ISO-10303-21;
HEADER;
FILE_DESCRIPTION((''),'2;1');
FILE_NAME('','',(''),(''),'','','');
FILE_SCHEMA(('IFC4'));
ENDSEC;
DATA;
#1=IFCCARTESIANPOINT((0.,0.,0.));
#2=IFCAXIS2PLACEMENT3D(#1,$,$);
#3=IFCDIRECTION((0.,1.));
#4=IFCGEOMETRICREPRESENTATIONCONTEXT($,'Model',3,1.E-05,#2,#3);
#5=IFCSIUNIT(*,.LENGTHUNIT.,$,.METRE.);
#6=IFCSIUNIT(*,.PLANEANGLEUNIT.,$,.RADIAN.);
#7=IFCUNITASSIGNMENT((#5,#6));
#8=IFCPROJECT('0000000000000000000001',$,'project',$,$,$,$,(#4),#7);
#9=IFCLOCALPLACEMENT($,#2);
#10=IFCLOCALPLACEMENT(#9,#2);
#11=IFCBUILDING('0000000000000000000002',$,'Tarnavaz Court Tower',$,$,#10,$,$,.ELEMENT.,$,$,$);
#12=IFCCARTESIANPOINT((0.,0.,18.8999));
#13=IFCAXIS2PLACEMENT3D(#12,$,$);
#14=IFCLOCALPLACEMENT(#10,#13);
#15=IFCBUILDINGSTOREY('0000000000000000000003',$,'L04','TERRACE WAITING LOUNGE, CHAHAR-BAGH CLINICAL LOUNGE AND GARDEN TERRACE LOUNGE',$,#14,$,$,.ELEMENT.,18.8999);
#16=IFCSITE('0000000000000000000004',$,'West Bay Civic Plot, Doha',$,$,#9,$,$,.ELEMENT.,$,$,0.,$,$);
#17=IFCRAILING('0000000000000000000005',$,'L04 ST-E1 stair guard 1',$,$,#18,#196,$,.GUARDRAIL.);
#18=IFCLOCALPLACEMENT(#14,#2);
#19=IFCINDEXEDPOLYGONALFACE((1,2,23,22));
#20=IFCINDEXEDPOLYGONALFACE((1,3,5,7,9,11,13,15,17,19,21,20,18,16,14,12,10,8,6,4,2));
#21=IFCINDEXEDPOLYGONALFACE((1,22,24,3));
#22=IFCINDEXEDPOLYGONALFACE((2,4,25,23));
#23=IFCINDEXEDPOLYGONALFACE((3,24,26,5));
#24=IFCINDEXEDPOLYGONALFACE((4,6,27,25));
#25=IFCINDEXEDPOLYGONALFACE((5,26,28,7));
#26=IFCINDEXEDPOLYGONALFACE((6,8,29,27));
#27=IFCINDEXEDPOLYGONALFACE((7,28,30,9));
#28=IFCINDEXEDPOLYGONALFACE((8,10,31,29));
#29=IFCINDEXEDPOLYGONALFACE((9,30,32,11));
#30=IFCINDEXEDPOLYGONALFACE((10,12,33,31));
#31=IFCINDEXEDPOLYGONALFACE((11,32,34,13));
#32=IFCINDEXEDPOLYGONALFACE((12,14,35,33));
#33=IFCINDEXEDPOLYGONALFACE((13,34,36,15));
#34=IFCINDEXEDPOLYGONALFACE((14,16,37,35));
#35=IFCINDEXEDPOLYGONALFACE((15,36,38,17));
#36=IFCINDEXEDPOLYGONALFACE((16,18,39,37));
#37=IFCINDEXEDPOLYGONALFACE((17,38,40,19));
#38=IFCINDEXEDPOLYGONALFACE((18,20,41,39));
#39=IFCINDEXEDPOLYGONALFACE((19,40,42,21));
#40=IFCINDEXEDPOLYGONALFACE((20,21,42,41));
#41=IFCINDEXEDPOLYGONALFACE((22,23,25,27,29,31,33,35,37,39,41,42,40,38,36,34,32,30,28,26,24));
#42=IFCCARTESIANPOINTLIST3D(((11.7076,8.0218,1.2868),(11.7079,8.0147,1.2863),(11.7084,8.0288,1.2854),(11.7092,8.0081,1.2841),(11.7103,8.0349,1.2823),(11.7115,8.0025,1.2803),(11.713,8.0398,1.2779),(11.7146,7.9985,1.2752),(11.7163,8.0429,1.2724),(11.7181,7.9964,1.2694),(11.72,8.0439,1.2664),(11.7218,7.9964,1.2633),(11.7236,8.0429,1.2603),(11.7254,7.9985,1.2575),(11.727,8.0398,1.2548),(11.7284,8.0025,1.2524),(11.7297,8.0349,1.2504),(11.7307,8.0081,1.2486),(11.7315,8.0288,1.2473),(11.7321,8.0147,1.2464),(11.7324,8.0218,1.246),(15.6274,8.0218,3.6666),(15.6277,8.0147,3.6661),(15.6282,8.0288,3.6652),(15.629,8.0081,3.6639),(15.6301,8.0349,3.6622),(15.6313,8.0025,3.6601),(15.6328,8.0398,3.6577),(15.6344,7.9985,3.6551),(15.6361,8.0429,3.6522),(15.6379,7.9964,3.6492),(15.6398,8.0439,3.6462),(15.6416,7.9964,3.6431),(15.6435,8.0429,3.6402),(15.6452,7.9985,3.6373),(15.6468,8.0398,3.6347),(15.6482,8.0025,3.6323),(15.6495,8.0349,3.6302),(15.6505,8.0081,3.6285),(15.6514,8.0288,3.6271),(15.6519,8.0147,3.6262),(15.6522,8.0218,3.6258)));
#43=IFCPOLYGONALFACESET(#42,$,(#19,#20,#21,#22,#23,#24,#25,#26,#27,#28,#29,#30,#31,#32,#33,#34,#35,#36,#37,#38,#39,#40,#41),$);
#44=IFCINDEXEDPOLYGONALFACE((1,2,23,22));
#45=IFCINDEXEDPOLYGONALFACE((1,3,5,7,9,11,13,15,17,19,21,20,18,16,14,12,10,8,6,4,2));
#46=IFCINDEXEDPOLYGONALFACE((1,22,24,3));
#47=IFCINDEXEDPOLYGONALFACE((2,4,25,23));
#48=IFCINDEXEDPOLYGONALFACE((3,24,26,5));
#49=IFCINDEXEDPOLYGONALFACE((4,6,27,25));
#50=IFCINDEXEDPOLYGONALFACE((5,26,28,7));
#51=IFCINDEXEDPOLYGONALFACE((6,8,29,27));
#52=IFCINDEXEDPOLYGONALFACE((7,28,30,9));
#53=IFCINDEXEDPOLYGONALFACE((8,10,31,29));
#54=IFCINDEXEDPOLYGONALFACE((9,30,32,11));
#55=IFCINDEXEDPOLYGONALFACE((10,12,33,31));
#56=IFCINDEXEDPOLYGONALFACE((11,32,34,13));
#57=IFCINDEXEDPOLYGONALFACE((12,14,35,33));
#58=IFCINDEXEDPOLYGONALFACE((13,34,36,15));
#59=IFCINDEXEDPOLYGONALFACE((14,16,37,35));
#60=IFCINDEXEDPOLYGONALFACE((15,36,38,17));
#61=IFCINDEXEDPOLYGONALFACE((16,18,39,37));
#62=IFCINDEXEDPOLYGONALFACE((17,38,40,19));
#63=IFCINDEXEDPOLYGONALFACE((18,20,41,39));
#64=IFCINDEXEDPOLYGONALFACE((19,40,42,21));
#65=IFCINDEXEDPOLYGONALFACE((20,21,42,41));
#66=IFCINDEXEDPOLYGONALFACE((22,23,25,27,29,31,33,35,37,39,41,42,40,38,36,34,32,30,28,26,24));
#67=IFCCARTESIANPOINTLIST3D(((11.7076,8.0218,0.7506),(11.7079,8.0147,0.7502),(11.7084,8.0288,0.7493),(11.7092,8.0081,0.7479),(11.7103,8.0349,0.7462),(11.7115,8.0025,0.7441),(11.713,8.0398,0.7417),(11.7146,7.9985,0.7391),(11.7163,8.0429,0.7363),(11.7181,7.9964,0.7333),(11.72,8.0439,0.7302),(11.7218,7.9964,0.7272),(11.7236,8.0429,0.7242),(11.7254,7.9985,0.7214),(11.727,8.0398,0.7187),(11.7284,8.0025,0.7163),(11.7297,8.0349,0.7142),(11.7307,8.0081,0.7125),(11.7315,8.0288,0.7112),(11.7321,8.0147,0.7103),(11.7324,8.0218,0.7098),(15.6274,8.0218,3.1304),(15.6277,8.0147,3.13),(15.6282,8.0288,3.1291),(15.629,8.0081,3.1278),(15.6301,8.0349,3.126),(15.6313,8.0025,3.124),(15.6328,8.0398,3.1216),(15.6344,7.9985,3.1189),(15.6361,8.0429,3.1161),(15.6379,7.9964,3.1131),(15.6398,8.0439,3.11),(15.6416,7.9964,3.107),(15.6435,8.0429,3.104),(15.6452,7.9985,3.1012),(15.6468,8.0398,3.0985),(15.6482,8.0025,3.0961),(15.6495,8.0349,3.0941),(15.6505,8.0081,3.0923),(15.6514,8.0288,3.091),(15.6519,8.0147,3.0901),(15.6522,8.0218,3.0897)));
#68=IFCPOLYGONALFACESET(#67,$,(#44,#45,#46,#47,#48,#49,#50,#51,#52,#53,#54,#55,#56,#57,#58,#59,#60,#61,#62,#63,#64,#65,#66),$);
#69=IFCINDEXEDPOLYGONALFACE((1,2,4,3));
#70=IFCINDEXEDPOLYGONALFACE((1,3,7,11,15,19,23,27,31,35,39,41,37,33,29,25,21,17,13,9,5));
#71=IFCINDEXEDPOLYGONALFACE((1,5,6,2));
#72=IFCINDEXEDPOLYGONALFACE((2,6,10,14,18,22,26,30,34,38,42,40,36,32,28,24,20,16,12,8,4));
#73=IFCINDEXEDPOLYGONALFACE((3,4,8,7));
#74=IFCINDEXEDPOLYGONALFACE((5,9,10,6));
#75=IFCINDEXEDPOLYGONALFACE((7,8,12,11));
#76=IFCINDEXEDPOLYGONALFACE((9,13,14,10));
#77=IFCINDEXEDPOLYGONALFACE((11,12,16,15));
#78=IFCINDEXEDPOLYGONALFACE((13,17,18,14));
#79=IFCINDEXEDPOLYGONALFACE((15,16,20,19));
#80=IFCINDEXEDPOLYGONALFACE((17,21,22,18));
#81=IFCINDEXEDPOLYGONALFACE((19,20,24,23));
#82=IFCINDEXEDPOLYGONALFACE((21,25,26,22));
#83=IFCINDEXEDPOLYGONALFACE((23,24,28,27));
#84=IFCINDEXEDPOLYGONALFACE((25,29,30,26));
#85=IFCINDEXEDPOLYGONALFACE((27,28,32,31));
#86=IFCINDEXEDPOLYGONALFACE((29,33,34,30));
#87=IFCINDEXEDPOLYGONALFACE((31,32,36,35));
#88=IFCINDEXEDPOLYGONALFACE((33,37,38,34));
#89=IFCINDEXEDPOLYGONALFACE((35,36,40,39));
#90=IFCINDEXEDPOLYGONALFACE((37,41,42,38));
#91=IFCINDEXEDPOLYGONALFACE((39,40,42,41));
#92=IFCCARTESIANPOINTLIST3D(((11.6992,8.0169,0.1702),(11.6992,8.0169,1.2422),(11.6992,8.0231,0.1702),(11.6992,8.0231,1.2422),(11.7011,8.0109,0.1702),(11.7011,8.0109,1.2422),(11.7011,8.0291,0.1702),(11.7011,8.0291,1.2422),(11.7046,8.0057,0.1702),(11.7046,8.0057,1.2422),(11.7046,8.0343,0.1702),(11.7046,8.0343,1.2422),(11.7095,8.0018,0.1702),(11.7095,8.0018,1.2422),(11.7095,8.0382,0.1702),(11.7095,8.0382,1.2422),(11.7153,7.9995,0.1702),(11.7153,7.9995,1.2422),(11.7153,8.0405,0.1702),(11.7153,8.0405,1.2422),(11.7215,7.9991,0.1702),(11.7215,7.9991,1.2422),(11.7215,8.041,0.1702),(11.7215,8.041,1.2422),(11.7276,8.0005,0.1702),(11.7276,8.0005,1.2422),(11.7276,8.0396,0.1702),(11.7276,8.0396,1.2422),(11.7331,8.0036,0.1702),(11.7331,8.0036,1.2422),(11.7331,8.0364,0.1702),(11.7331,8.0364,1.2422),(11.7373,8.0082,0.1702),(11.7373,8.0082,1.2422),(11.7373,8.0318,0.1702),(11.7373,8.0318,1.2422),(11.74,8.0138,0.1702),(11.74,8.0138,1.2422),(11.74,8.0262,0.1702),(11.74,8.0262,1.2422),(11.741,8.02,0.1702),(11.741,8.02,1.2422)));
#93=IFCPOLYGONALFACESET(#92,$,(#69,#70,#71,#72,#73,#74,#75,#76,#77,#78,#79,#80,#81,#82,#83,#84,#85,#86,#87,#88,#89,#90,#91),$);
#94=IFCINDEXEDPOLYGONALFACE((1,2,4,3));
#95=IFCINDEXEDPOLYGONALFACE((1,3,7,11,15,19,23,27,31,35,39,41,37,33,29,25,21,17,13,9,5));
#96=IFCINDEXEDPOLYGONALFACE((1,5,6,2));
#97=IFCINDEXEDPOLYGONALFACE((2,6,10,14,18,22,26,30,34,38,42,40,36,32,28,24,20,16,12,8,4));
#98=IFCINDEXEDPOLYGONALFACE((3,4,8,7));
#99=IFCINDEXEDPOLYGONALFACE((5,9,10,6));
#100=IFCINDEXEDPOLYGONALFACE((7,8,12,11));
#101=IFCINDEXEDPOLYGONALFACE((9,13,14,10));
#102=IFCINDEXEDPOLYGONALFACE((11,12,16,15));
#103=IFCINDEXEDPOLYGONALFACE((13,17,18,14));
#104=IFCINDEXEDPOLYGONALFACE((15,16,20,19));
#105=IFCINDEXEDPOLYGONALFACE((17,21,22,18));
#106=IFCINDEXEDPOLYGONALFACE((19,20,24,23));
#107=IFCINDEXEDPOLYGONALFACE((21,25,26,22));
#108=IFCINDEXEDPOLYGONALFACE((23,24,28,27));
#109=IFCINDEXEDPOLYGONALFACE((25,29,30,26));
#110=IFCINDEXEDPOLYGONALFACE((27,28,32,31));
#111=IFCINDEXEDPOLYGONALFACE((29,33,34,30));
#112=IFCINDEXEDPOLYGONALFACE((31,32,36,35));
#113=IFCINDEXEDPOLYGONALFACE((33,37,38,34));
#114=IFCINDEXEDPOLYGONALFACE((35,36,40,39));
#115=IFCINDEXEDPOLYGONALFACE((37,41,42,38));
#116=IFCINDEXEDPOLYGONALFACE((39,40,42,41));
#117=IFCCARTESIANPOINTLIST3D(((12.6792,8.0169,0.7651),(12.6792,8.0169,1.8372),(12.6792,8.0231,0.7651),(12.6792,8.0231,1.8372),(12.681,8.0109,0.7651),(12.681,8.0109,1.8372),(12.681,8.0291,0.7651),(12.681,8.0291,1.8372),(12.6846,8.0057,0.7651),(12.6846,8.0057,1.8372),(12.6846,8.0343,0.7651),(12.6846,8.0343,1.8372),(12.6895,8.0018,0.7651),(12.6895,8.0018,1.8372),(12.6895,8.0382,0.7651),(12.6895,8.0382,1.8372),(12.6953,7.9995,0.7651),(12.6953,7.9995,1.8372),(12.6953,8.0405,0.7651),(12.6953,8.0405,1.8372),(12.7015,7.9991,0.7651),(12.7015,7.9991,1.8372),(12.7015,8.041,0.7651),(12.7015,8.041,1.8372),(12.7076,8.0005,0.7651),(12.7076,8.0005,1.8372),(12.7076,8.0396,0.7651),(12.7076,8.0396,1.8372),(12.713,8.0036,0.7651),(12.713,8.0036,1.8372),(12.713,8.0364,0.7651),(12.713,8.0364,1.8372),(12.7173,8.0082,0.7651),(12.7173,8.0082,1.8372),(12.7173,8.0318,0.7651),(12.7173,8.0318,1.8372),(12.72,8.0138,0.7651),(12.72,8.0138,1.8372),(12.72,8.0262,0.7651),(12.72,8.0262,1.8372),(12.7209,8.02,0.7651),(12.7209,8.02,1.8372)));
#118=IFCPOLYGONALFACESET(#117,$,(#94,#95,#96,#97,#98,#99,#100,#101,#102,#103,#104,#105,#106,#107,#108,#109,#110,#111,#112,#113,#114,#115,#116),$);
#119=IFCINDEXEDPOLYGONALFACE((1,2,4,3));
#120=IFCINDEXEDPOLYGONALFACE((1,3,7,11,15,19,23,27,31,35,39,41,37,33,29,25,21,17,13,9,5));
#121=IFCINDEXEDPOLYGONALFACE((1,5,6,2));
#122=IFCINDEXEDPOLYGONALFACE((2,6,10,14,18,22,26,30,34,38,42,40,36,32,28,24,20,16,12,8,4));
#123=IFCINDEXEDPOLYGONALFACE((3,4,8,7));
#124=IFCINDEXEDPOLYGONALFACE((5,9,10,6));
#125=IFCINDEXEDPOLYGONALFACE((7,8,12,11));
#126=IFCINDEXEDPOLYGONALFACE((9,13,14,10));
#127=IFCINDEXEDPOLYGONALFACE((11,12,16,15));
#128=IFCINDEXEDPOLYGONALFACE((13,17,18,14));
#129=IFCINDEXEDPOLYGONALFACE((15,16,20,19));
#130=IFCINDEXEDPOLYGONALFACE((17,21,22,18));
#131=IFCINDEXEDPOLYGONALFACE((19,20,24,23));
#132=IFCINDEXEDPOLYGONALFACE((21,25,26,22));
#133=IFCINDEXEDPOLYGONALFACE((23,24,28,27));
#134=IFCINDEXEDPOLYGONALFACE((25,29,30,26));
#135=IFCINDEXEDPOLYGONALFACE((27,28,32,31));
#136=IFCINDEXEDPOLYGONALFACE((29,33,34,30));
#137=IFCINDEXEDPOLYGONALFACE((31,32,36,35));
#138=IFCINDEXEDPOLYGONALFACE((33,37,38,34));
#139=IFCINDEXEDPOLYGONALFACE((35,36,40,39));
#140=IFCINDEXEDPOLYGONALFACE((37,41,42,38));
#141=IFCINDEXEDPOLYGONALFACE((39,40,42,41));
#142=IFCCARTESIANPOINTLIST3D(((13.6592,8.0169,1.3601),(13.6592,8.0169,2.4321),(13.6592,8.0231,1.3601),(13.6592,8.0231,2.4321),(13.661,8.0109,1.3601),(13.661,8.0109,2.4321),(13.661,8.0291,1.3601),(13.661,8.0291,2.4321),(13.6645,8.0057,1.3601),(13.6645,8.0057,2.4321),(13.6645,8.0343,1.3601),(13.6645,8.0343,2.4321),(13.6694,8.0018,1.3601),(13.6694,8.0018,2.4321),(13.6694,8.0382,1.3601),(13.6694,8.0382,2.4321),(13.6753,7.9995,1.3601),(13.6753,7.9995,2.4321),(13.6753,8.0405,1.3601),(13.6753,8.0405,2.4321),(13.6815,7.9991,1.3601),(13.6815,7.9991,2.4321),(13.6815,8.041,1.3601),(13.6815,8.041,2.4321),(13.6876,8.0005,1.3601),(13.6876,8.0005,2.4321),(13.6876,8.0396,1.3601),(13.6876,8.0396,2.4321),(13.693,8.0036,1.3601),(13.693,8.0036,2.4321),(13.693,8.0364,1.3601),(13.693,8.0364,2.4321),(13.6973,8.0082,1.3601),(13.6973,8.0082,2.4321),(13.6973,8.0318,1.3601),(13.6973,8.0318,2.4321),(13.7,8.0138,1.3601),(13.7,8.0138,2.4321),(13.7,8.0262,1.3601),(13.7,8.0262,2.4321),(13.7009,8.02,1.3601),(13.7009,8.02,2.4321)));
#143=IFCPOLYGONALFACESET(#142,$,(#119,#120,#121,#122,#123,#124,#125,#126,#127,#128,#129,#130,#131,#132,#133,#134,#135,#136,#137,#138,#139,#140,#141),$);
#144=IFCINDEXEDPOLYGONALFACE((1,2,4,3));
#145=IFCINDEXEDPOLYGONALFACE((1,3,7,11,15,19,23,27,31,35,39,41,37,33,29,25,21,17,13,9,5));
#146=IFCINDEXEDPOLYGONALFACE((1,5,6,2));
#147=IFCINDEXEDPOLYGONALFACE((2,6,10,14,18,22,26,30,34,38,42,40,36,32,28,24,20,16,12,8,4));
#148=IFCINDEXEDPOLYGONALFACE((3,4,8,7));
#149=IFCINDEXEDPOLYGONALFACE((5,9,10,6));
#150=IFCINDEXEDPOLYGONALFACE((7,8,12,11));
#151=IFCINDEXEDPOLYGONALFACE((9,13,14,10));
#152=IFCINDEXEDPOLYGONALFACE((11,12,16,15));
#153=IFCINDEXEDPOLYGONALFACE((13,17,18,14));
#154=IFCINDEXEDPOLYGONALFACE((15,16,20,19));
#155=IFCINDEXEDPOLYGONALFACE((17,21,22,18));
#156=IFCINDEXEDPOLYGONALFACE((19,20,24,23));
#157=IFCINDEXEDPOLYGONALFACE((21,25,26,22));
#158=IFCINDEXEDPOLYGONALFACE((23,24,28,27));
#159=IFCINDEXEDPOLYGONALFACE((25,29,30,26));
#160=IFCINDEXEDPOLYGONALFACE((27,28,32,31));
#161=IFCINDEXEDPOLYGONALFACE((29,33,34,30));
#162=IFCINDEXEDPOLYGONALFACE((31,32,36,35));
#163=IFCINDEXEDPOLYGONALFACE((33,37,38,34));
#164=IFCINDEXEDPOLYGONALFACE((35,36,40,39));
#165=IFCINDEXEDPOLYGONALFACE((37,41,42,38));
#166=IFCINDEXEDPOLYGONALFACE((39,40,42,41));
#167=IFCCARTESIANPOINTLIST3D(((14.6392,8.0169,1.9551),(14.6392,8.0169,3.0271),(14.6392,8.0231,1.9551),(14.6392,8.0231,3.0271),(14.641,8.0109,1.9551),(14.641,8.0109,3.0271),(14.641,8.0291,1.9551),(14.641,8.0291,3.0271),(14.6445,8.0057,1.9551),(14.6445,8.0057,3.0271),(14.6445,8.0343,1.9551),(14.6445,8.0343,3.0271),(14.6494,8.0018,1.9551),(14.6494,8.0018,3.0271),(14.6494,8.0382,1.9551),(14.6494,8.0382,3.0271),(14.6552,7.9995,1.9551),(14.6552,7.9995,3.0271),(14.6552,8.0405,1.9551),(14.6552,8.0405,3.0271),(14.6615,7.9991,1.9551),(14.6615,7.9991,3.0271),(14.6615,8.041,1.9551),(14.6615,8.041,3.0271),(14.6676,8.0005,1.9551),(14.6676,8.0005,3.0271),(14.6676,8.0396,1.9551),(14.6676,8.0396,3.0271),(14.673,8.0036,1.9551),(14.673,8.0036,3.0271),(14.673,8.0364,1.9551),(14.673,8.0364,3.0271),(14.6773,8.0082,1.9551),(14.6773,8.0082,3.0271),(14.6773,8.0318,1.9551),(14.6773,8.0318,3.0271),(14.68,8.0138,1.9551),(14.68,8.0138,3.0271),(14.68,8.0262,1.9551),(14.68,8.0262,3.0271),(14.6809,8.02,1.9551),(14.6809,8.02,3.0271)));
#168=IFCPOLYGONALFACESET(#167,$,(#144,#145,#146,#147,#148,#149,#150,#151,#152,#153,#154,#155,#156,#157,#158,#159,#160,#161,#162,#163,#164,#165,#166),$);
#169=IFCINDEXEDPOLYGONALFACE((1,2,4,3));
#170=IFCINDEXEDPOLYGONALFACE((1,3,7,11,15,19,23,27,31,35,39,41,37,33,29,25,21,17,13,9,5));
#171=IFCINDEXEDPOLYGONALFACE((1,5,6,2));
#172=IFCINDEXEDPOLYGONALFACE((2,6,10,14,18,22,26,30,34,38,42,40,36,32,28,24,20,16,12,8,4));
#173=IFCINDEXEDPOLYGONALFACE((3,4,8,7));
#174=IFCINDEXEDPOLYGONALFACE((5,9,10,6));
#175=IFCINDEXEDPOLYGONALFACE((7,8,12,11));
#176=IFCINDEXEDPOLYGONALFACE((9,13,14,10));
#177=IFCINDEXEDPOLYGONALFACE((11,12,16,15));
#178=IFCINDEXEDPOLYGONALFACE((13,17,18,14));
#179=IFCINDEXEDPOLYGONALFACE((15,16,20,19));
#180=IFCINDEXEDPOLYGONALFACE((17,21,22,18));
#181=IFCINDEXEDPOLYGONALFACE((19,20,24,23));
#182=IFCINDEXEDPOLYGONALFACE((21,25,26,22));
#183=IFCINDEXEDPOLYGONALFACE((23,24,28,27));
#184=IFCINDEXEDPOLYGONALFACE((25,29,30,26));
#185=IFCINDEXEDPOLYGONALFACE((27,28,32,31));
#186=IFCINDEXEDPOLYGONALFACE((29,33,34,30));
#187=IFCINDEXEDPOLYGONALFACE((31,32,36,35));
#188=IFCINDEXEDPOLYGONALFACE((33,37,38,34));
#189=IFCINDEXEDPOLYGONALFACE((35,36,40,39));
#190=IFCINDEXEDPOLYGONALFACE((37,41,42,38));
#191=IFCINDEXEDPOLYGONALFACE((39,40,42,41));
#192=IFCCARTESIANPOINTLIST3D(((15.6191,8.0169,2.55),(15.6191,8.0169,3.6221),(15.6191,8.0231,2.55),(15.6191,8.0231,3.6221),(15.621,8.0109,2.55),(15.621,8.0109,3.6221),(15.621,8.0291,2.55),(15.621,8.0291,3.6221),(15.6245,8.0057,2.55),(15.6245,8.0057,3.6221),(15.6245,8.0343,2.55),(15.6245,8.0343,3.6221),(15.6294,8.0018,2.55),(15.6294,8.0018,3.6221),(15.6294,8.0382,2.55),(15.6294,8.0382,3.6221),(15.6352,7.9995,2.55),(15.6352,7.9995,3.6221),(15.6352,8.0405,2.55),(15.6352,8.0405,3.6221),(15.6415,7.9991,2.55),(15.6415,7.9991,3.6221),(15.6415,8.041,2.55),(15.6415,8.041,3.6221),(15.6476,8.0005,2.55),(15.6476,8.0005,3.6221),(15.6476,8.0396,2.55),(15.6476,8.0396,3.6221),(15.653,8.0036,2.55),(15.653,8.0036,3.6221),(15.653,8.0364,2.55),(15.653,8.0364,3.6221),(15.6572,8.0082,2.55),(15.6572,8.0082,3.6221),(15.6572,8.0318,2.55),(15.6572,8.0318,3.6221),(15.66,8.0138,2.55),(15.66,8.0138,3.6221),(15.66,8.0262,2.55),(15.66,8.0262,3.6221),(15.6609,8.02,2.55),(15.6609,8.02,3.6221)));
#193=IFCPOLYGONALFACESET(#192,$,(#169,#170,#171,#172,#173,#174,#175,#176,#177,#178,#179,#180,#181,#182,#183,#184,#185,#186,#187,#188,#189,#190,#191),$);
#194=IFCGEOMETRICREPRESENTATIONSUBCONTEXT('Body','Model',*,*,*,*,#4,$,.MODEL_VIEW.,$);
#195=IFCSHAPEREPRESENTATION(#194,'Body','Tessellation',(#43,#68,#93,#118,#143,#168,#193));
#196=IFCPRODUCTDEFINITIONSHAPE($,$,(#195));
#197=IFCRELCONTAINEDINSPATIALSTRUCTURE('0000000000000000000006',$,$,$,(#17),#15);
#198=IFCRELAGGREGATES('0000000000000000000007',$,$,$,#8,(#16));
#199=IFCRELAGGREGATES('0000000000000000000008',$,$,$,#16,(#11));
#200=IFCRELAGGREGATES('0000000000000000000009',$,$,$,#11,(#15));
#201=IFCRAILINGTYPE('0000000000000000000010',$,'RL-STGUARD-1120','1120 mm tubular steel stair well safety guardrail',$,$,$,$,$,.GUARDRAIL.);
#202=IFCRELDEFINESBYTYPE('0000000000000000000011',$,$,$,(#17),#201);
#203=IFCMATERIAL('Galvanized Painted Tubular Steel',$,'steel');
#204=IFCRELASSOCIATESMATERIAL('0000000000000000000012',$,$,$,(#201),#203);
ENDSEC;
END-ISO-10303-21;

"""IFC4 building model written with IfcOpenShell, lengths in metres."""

from ifc_helpers import new_model, si_unit, direction, frame, origin, origin_2d, place, context, subcontext, project, spatial, circle, extrude, material, type_object, element, save


model = new_model("IFC4")

# Units and contexts
model_context = context("Model", 3, precision=1e-05, world=origin(), true_north=direction((0.0, 1.0)))
body_context = subcontext(model_context, "Body", "Model", "MODEL_VIEW")
ifc_project = project(units=[si_unit("LENGTHUNIT", "METRE"), si_unit("PLANEANGLEUNIT", "RADIAN")], contexts=[model_context])

# Site, building, storey
site_placement = place(None, origin())
site = spatial("IfcSite", under=ifc_project, at=site_placement, Name="West Bay Civic Plot, Doha", CompositionType="ELEMENT", RefElevation=0.0)
building_placement = place(site_placement, origin())
building = spatial("IfcBuilding", under=site, at=building_placement, Name="Tarnavaz Court Tower", CompositionType="ELEMENT")
storey_placement = place(building_placement, frame((0.0, 0.0, 18.8999)))
storey = spatial("IfcBuildingStorey", under=building, at=storey_placement, Name="L04", Description="TERRACE WAITING LOUNGE, CHAHAR-BAGH CLINICAL LOUNGE AND GARDEN TERRACE LOUNGE", CompositionType="ELEMENT", Elevation=18.8999)

# Railing
ifc_material_1 = material(Name="Galvanized Painted Tubular Steel", Category="steel")
railing_type_1 = type_object("IfcRailingType", Name="RL-STGUARD-1120", Description="1120 mm tubular steel stair well safety guardrail", PredefinedType="GUARDRAIL", material=ifc_material_1)
railing_1_placement = place(storey_placement, frame((11.72, 8.02, 0.1702)))
element("IfcRailing", 1, at=railing_1_placement, inside=storey, type_object=railing_type_1, Name="L04 ST-E1 stair guard 1", PredefinedType="GUARDRAIL", context=body_context, shape_type="SweptSolid", body=[
    extrude(circle(Radius=0.0239, at=origin_2d()), frame((0.0, 0.0, 1.0962), z_axis=(0.854794, 0.0, 0.518967), x_axis=(0.0, 1.0, 0.0)), (0.0, 0.0, 1.0), 4.5857),
    extrude(circle(Radius=0.0239, at=origin_2d()), frame((0.0, 0.0, 0.5601), z_axis=(0.854794, 0.0, 0.518967), x_axis=(0.0, 1.0, 0.0)), (0.0, 0.0, 1.0), 4.5857),
    extrude(circle(Radius=0.021, at=origin_2d()), origin(), (0.0, 0.0, 1.0), 1.072),
    extrude(circle(Radius=0.021, at=origin_2d()), frame((0.98, 0.0, 0.595)), (0.0, 0.0, 1.0), 1.072),
    extrude(circle(Radius=0.021, at=origin_2d()), frame((1.96, 0.0, 1.1899)), (0.0, 0.0, 1.0), 1.072),
    extrude(circle(Radius=0.021, at=origin_2d()), frame((2.9399, 0.0, 1.7849)), (0.0, 0.0, 1.0), 1.072),
    extrude(circle(Radius=0.021, at=origin_2d()), frame((3.9199, 0.0, 2.3799)), (0.0, 0.0, 1.0), 1.072),
])

save(model, "model.ifc")
